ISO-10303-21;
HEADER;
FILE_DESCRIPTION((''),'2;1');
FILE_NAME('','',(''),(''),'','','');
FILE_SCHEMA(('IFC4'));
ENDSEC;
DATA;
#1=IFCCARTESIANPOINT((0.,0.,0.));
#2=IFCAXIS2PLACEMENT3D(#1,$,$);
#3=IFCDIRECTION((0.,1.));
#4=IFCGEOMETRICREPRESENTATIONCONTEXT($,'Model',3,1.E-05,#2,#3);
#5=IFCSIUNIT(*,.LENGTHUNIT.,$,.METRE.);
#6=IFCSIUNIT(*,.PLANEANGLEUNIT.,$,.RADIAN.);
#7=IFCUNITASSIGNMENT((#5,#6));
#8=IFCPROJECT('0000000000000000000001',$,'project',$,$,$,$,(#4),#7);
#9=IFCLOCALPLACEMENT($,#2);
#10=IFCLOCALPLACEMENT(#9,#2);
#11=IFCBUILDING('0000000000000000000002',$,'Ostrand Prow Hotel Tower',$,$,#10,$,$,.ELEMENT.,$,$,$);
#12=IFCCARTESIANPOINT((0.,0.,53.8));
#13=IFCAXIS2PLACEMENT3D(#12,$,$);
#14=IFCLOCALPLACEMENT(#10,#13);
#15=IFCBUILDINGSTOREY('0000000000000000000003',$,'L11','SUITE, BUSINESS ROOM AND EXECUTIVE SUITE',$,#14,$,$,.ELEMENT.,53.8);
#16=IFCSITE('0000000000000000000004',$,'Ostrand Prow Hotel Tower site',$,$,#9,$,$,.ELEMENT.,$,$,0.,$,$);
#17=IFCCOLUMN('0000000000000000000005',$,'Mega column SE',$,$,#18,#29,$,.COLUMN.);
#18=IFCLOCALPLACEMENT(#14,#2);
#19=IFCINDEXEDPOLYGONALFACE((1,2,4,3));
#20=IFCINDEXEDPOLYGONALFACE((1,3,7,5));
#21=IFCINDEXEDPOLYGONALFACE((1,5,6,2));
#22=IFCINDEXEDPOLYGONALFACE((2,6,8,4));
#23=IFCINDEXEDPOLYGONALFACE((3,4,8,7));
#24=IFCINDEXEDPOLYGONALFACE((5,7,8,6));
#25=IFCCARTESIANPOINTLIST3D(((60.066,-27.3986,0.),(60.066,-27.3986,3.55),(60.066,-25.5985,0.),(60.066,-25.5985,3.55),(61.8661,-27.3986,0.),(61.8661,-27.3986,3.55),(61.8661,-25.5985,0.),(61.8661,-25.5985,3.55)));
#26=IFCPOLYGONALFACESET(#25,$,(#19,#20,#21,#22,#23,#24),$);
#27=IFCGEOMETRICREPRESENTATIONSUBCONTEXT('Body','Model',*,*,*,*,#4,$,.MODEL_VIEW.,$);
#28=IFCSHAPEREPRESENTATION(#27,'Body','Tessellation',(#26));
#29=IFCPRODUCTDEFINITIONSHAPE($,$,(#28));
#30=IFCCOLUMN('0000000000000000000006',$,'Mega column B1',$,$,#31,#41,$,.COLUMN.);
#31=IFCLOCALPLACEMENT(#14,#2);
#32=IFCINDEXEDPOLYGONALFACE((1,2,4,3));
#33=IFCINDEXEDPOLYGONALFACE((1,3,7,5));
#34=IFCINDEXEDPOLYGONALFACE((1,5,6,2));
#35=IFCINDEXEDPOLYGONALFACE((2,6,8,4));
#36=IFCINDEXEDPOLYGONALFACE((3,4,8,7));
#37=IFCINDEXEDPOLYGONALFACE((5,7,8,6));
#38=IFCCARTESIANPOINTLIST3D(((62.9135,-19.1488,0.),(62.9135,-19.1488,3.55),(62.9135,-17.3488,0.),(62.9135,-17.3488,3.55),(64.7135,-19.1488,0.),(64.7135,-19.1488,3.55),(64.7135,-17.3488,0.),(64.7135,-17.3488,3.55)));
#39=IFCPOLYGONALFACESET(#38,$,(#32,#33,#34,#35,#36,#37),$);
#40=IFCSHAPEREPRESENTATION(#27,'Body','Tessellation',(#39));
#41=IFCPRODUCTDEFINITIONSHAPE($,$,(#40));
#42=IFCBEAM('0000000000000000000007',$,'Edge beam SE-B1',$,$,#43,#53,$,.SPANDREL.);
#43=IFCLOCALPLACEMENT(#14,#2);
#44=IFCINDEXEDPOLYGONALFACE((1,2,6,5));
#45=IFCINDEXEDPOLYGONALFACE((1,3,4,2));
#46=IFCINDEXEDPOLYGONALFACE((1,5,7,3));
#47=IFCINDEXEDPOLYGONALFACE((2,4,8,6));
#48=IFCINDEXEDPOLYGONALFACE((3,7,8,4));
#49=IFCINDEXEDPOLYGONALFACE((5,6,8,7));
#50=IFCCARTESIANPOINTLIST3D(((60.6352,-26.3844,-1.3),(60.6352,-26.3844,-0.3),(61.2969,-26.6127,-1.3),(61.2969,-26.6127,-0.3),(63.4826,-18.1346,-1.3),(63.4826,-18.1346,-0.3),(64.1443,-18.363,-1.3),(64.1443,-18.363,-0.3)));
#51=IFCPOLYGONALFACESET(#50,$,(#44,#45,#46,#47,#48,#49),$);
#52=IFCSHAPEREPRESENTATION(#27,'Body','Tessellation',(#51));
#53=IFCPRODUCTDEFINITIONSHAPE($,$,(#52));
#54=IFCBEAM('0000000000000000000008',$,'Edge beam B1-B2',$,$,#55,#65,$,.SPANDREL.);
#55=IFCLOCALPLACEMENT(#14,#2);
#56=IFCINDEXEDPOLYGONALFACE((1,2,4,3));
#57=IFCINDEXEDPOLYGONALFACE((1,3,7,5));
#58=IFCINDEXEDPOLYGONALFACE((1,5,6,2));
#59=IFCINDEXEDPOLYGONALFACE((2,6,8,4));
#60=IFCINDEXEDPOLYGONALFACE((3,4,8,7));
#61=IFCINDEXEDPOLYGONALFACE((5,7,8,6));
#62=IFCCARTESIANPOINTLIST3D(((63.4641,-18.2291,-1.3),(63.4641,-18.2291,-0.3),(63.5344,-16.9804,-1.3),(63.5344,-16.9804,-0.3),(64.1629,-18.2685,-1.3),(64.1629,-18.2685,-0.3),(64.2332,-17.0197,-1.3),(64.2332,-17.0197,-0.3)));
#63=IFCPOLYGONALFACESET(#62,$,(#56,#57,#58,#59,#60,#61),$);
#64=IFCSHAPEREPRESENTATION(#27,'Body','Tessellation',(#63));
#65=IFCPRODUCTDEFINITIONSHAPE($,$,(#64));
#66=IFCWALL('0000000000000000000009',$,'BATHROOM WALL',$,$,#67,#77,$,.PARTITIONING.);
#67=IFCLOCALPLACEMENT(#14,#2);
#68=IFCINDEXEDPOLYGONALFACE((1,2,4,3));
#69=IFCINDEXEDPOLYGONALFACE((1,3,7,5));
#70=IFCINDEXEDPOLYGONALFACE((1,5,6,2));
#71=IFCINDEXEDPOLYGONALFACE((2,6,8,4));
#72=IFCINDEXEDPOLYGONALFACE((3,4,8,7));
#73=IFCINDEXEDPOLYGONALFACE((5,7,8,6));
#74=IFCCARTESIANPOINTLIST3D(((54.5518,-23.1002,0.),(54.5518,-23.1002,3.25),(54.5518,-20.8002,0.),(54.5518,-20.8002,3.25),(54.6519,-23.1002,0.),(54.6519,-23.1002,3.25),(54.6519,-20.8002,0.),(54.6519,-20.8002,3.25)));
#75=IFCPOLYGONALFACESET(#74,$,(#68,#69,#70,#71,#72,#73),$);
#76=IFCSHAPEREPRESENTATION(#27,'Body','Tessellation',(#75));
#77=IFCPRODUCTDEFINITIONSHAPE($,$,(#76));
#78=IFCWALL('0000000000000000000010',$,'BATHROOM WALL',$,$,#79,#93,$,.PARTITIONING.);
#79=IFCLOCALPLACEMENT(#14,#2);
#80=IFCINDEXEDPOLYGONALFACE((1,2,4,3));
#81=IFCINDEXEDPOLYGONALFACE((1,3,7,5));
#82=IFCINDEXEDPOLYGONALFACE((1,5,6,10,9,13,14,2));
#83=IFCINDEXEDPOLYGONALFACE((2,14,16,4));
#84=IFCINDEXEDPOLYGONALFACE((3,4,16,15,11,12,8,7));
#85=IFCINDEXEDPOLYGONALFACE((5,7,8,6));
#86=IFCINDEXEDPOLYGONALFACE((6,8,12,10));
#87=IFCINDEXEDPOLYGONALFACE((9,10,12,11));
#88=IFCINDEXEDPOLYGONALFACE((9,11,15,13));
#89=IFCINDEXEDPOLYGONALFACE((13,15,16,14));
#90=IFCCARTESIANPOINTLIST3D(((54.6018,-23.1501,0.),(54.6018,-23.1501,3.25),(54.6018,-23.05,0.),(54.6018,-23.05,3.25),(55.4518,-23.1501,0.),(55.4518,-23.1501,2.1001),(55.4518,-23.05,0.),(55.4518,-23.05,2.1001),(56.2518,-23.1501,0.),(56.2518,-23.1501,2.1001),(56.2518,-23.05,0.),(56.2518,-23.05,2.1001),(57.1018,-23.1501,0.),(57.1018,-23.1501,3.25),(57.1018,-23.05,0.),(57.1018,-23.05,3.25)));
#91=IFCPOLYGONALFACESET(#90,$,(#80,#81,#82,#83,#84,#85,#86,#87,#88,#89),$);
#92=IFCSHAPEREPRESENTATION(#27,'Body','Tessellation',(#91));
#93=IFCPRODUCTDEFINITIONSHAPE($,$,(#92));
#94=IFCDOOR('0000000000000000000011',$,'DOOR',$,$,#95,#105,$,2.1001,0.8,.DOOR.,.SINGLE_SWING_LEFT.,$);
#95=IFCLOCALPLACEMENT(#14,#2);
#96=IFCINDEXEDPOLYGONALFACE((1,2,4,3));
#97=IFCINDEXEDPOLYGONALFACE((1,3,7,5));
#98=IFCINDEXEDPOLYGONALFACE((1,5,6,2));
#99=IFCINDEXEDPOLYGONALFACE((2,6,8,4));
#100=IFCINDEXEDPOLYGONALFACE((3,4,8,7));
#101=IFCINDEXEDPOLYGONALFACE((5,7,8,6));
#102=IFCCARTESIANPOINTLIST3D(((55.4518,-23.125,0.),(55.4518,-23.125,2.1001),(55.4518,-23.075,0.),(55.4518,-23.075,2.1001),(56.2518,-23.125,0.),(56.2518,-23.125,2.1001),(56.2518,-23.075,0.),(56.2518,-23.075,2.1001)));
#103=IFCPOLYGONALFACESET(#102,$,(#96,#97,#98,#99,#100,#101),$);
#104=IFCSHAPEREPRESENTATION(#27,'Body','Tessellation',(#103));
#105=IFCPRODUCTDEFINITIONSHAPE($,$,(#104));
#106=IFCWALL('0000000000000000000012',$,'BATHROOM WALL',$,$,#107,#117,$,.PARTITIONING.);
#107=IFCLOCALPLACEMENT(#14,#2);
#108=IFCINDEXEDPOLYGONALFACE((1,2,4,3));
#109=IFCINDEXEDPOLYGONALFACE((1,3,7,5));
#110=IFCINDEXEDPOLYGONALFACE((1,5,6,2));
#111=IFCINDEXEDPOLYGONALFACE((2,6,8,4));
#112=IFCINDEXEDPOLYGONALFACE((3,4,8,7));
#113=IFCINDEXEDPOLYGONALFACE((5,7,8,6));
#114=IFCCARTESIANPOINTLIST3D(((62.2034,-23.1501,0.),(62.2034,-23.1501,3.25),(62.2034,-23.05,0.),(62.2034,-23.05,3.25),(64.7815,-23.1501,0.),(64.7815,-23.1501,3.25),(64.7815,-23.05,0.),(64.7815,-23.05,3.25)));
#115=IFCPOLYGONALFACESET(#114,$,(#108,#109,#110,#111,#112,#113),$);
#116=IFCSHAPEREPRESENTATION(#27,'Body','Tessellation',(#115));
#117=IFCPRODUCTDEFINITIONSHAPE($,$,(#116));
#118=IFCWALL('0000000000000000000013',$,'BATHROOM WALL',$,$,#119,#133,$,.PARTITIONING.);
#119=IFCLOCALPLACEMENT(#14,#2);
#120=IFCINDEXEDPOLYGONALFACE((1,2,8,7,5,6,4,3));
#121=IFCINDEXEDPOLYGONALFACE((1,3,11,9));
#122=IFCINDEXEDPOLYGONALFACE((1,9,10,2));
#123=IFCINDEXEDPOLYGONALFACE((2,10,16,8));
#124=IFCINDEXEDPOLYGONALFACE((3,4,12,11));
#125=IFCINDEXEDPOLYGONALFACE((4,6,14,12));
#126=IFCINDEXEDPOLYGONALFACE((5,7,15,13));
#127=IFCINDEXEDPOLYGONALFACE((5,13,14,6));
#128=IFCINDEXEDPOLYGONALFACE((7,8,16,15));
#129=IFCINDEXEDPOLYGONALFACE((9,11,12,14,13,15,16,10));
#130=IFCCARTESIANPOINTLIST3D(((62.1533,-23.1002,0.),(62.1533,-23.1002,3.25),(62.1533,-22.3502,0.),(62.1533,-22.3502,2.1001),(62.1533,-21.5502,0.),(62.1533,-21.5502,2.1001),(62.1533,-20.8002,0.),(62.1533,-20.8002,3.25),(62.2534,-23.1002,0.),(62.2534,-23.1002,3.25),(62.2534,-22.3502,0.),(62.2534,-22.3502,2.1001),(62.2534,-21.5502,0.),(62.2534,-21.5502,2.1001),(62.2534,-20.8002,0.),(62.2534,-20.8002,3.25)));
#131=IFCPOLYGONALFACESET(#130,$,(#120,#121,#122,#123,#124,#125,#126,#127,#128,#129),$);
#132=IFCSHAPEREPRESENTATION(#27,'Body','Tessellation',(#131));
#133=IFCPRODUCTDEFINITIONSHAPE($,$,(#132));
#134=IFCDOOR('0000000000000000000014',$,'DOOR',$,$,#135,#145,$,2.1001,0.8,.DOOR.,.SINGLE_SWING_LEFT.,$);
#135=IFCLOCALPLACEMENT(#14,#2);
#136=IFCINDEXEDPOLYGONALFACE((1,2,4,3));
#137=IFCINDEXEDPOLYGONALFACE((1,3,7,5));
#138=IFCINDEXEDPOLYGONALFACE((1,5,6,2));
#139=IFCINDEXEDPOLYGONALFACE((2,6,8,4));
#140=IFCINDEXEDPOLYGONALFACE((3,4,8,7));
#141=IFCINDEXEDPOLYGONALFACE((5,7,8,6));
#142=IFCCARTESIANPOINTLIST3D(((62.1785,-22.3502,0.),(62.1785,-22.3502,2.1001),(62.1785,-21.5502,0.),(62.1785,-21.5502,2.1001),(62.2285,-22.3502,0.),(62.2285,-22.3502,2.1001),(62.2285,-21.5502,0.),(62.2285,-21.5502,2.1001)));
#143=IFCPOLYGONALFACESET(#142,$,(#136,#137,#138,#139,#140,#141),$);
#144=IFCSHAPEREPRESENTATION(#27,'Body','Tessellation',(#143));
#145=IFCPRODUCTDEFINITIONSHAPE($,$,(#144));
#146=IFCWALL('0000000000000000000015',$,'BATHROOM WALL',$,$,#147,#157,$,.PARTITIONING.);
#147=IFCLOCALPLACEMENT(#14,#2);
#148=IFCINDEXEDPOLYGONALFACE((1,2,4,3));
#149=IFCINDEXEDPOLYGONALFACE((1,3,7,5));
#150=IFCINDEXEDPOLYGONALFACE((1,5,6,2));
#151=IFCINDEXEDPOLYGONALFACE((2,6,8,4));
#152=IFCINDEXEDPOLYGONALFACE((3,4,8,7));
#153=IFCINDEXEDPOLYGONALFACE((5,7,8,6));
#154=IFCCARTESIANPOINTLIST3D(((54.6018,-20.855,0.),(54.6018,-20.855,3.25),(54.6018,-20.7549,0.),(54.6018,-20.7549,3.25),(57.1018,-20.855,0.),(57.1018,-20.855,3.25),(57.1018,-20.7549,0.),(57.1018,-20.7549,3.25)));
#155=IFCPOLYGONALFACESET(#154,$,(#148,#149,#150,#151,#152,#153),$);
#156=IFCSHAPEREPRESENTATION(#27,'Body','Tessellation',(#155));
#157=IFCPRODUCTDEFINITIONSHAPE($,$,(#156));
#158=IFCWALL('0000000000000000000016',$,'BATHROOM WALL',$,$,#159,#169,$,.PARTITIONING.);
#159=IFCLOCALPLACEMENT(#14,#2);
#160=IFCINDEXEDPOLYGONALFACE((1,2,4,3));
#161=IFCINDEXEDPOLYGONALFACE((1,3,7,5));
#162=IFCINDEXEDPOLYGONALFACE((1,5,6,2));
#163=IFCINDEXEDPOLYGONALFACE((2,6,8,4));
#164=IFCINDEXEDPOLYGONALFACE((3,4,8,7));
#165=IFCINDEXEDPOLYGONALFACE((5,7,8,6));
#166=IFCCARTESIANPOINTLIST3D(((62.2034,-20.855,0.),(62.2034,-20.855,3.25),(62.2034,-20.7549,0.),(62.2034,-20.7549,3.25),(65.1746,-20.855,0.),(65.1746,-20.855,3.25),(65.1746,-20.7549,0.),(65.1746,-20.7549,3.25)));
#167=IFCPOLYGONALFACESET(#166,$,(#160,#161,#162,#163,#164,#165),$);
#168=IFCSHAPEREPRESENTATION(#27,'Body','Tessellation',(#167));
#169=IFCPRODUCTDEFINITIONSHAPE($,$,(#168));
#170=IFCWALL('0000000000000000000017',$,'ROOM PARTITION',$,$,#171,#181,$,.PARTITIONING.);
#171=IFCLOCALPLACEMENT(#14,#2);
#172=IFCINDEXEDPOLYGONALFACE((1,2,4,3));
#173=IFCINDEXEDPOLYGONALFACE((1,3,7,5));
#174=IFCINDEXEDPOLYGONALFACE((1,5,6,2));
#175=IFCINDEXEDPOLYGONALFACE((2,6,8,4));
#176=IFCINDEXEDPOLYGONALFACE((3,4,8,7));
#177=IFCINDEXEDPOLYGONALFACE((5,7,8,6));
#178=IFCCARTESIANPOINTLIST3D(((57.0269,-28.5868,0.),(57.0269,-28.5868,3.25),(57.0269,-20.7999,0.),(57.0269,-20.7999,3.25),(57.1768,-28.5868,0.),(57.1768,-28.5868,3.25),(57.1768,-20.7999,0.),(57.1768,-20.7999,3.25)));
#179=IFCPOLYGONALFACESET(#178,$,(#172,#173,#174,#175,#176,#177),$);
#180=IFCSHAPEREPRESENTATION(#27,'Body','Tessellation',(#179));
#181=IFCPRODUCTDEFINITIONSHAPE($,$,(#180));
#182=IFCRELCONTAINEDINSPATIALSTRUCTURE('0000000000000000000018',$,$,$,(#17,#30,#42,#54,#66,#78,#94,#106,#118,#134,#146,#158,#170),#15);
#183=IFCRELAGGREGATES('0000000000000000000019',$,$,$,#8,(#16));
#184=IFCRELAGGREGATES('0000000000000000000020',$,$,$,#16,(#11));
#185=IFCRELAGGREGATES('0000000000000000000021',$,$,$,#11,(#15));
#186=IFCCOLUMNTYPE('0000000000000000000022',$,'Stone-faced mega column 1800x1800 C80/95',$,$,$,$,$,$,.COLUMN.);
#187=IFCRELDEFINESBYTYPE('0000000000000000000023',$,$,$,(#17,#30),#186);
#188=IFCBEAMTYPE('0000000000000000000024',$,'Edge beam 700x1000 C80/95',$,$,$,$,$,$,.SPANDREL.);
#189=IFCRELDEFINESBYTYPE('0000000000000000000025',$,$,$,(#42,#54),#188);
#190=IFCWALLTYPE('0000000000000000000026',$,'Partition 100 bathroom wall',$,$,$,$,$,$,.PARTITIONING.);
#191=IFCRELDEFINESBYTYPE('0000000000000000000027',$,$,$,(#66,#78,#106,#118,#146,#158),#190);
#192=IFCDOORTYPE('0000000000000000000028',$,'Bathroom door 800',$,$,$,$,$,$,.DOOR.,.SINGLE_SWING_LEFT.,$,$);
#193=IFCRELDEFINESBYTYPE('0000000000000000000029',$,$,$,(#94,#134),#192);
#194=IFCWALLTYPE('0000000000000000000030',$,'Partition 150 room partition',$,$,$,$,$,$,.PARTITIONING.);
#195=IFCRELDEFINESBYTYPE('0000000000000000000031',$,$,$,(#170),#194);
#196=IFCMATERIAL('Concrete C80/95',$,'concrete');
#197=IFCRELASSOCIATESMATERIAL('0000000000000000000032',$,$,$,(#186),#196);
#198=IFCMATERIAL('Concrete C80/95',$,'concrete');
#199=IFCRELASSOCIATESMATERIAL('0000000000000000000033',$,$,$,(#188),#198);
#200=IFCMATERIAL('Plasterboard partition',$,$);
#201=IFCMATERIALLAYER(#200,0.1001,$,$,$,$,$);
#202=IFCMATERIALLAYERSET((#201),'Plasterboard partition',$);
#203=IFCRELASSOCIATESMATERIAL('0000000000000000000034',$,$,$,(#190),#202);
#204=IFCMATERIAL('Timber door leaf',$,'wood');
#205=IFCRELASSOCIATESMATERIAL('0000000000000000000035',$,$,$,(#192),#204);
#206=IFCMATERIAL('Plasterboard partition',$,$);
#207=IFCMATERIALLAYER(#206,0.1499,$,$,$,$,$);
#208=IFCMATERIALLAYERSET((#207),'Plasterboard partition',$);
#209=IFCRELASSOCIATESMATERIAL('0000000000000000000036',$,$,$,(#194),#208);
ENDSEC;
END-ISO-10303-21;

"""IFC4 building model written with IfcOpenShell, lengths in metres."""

from ifc_helpers import new_model, si_unit, direction, frame, frame_2d, origin, origin_2d, place, context, subcontext, project, spatial, rectangle, extrude, material, layer, layer_set, material_profile, profile_set, type_object, element, fill, save


model = new_model("IFC4")

# Units and contexts
model_context = context("Model", 3, precision=1e-05, world=origin(), true_north=direction((0.0, 1.0)))
body_context = subcontext(model_context, "Body", "Model", "MODEL_VIEW")
ifc_project = project(units=[si_unit("LENGTHUNIT", "METRE"), si_unit("PLANEANGLEUNIT", "RADIAN")], contexts=[model_context])

# Site, building, storey
site_placement = place(None, origin())
site = spatial("IfcSite", under=ifc_project, at=site_placement, Name="Ostrand Prow Hotel Tower site", CompositionType="ELEMENT", RefElevation=0.0)
building_placement = place(site_placement, origin())
building = spatial("IfcBuilding", under=site, at=building_placement, Name="Ostrand Prow Hotel Tower", CompositionType="ELEMENT")
storey_placement = place(building_placement, frame((0.0, 0.0, 53.8)))
storey = spatial("IfcBuildingStorey", under=building, at=storey_placement, Name="L11", Description="SUITE, BUSINESS ROOM AND EXECUTIVE SUITE", CompositionType="ELEMENT", Elevation=53.8)

# Columns
ifc_material_1 = material(Name="Concrete C80/95", Category="concrete")
ifc_material_profile_1 = material_profile(ifc_material_1, rectangle(XDim=1.8, YDim=1.8, at=origin_2d()), Name="RC 1800x1800")
ifc_profile_set_1 = profile_set([ifc_material_profile_1], Name="Concrete C80/95")
column_type = type_object("IfcColumnType", Name="Stone-faced mega column 1800x1800 C80/95", PredefinedType="COLUMN", material=ifc_profile_set_1)
for number, where, z_axis, x_axis, name in (
    (1, (60.9661, -26.4985, 0.0), (0.0, 0.0, 1.0), (1.0, 0.0, 0.0), "Mega column SE"),
    (2, (63.8135, -18.2488, 0.0), (0.0, 0.0, 1.0), (1.0, 0.0, 0.0), "Mega column B1"),
):
    element("IfcColumn", number, at=place(storey_placement, frame(where, z_axis=z_axis, x_axis=x_axis)), inside=storey, type_object=column_type, Name=name, PredefinedType="COLUMN", context=body_context, shape_type="SweptSolid", body=[
        extrude(rectangle(XDim=1.8, YDim=1.8, at=origin_2d()), origin(), (0.0, 0.0, 1.0), 3.55),
    ])

# Beams
ifc_material_2 = material(Name="Concrete C80/95", Category="concrete")
ifc_material_profile_2 = material_profile(ifc_material_2, rectangle(XDim=0.7, YDim=1.0, at=origin_2d()), Name="RC 700x1000")
ifc_profile_set_2 = profile_set([ifc_material_profile_2], Name="Concrete C80/95")
beam_type = type_object("IfcBeamType", Name="Edge beam 700x1000 C80/95", PredefinedType="SPANDREL", material=ifc_profile_set_2)
beam_1_placement = place(storey_placement, frame((60.9661, -26.4985, -0.8), z_axis=(0.326264, 0.945279, 0.0), x_axis=(-0.945279, 0.326264, 0.0)))
element("IfcBeam", 3, at=beam_1_placement, inside=storey, type_object=beam_type, Name="Edge beam SE-B1", PredefinedType="SPANDREL", context=body_context, shape_type="SweptSolid", body=[
    extrude(rectangle(XDim=0.7, YDim=1.0, at=origin_2d()), origin(), (0.0, 0.0, 1.0), 8.7273),
])
beam_2_placement = place(storey_placement, frame((63.8135, -18.2488, -0.8), z_axis=(0.056216, 0.998419, 0.0), x_axis=(-0.998419, 0.056216, 0.0)))
element("IfcBeam", 4, at=beam_2_placement, inside=storey, type_object=beam_type, Name="Edge beam B1-B2", PredefinedType="SPANDREL", context=body_context, shape_type="SweptSolid", body=[
    extrude(rectangle(XDim=0.7, YDim=1.0, at=origin_2d()), origin(), (0.0, 0.0, 1.0), 1.2507),
])

# Wall
ifc_material_3 = material(Name="Plasterboard partition")
ifc_layer_1 = layer(ifc_material_3, 0.1001)
ifc_layer_set_1 = layer_set([ifc_layer_1], Name="Plasterboard partition")
wall_type_1 = type_object("IfcWallType", Name="Partition 100 bathroom wall", PredefinedType="PARTITIONING", material=ifc_layer_set_1)
wall_1_placement = place(storey_placement, frame((54.6018, -23.1001, 0.0), z_axis=(0.0, 0.0, 1.0), x_axis=(0.0, 1.0, 0.0)))
element("IfcWall", 5, at=wall_1_placement, inside=storey, type_object=wall_type_1, Name="BATHROOM WALL", PredefinedType="PARTITIONING", context=body_context, shape_type="SweptSolid", body=[
    extrude(rectangle(XDim=2.3, YDim=0.1001, at=frame_2d((1.1499, 0.0))), origin(), (0.0, 0.0, 1.0), 3.25),
])

# Wall, opening, door
wall_2_placement = place(storey_placement, frame((57.1018, -23.1001, 0.0), z_axis=(0.0, 0.0, 1.0), x_axis=(-1.0, 0.0, 0.0)))
wall_2 = element("IfcWall", 6, at=wall_2_placement, inside=storey, type_object=wall_type_1, Name="BATHROOM WALL", PredefinedType="PARTITIONING", context=body_context, shape_type="SweptSolid", body=[
    extrude(rectangle(XDim=2.5, YDim=0.1001, at=frame_2d((1.25, 0.0))), origin(), (0.0, 0.0, 1.0), 3.25),
])
opening_1_placement = place(wall_2_placement, frame((0.8501, 0.0, 0.0)))
opening_1 = element("IfcOpeningElement", 7, at=opening_1_placement, cuts=wall_2, PredefinedType="OPENING", context=body_context, shape_type="SweptSolid", body=[
    extrude(rectangle(XDim=0.8, YDim=2.1001, at=frame_2d((0.3999, 1.05))), frame((0.0, 0.0601, 0.0), z_axis=(0.0, -1.0, 0.0), x_axis=(1.0, 0.0, 0.0)), (0.0, 0.0, 1.0), 0.1201),
])
ifc_material_4 = material(Name="Timber door leaf", Category="wood")
door_type_1 = type_object("IfcDoorType", Name="Bathroom door 800", OperationType="SINGLE_SWING_LEFT", PredefinedType="DOOR", material=ifc_material_4)
door_1_placement = place(opening_1_placement, origin())
door_1 = element("IfcDoor", 8, at=door_1_placement, inside=storey, type_object=door_type_1, Name="DOOR", OperationType="SINGLE_SWING_LEFT", OverallHeight=2.1001, OverallWidth=0.8, PredefinedType="DOOR", context=body_context, shape_type="SweptSolid", body=[
    extrude(rectangle(XDim=0.8, YDim=2.1001, at=frame_2d((0.3999, 1.05))), frame((0.0, 0.0249, 0.0), z_axis=(0.0, -1.0, 0.0), x_axis=(1.0, 0.0, 0.0)), (0.0, 0.0, 1.0), 0.05),
])
fill(opening_1, door_1)

# Wall
wall_3_placement = place(storey_placement, frame((64.7815, -23.1001, 0.0), z_axis=(0.0, 0.0, 1.0), x_axis=(-1.0, 0.0, 0.0)))
element("IfcWall", 9, at=wall_3_placement, inside=storey, type_object=wall_type_1, Name="BATHROOM WALL", PredefinedType="PARTITIONING", context=body_context, shape_type="SweptSolid", body=[
    extrude(rectangle(XDim=2.5781, YDim=0.1001, at=frame_2d((1.2891, 0.0))), origin(), (0.0, 0.0, 1.0), 3.25),
])

# Wall, opening, door
wall_4_placement = place(storey_placement, frame((62.2034, -23.1001, 0.0), z_axis=(0.0, 0.0, 1.0), x_axis=(0.0, 1.0, 0.0)))
wall_4 = element("IfcWall", 10, at=wall_4_placement, inside=storey, type_object=wall_type_1, Name="BATHROOM WALL", PredefinedType="PARTITIONING", context=body_context, shape_type="SweptSolid", body=[
    extrude(rectangle(XDim=2.3, YDim=0.1001, at=frame_2d((1.1499, 0.0))), origin(), (0.0, 0.0, 1.0), 3.25),
])
opening_2_placement = place(wall_4_placement, frame((0.75, 0.0, 0.0)))
opening_2 = element("IfcOpeningElement", 11, at=opening_2_placement, cuts=wall_4, PredefinedType="OPENING", context=body_context, shape_type="SweptSolid", body=[
    extrude(rectangle(XDim=0.8, YDim=2.1001, at=frame_2d((0.3999, 1.05))), frame((0.0, 0.0601, 0.0), z_axis=(0.0, -1.0, 0.0), x_axis=(1.0, 0.0, 0.0)), (0.0, 0.0, 1.0), 0.1201),
])
door_2_placement = place(opening_2_placement, origin())
door_2 = element("IfcDoor", 12, at=door_2_placement, inside=storey, type_object=door_type_1, Name="DOOR", OperationType="SINGLE_SWING_LEFT", OverallHeight=2.1001, OverallWidth=0.8, PredefinedType="DOOR", context=body_context, shape_type="SweptSolid", body=[
    extrude(rectangle(XDim=0.8, YDim=2.1001, at=frame_2d((0.3999, 1.05))), frame((0.0, 0.0249, 0.0), z_axis=(0.0, -1.0, 0.0), x_axis=(1.0, 0.0, 0.0)), (0.0, 0.0, 1.0), 0.05),
])
fill(opening_2, door_2)

# Walls
wall_5_placement = place(storey_placement, frame((54.6018, -20.8049, 0.0), z_axis=(0.0, 0.0, 1.0), x_axis=(1.0, 0.0, 0.0)))
element("IfcWall", 13, at=wall_5_placement, inside=storey, type_object=wall_type_1, Name="BATHROOM WALL", PredefinedType="PARTITIONING", context=body_context, shape_type="SweptSolid", body=[
    extrude(rectangle(XDim=2.5, YDim=0.1001, at=frame_2d((1.25, 0.0))), origin(), (0.0, 0.0, 1.0), 3.25),
])
wall_6_placement = place(storey_placement, frame((62.2034, -20.8049, 0.0), z_axis=(0.0, 0.0, 1.0), x_axis=(1.0, 0.0, 0.0)))
element("IfcWall", 14, at=wall_6_placement, inside=storey, type_object=wall_type_1, Name="BATHROOM WALL", PredefinedType="PARTITIONING", context=body_context, shape_type="SweptSolid", body=[
    extrude(rectangle(XDim=2.9712, YDim=0.1001, at=frame_2d((1.4856, 0.0))), origin(), (0.0, 0.0, 1.0), 3.25),
])
ifc_material_5 = material(Name="Plasterboard partition")
ifc_layer_2 = layer(ifc_material_5, 0.1499)
ifc_layer_set_2 = layer_set([ifc_layer_2], Name="Plasterboard partition")
wall_type_2 = type_object("IfcWallType", Name="Partition 150 room partition", PredefinedType="PARTITIONING", material=ifc_layer_set_2)
wall_7_placement = place(storey_placement, frame((57.1018, -28.5869, 0.0), z_axis=(0.0, 0.0, 1.0), x_axis=(0.0, 1.0, 0.0)))
element("IfcWall", 15, at=wall_7_placement, inside=storey, type_object=wall_type_2, Name="ROOM PARTITION", PredefinedType="PARTITIONING", context=body_context, shape_type="SweptSolid", body=[
    extrude(rectangle(XDim=7.7869, YDim=0.1499, at=frame_2d((3.8936, 0.0))), origin(), (0.0, 0.0, 1.0), 3.25),
])

save(model, "model.ifc")
